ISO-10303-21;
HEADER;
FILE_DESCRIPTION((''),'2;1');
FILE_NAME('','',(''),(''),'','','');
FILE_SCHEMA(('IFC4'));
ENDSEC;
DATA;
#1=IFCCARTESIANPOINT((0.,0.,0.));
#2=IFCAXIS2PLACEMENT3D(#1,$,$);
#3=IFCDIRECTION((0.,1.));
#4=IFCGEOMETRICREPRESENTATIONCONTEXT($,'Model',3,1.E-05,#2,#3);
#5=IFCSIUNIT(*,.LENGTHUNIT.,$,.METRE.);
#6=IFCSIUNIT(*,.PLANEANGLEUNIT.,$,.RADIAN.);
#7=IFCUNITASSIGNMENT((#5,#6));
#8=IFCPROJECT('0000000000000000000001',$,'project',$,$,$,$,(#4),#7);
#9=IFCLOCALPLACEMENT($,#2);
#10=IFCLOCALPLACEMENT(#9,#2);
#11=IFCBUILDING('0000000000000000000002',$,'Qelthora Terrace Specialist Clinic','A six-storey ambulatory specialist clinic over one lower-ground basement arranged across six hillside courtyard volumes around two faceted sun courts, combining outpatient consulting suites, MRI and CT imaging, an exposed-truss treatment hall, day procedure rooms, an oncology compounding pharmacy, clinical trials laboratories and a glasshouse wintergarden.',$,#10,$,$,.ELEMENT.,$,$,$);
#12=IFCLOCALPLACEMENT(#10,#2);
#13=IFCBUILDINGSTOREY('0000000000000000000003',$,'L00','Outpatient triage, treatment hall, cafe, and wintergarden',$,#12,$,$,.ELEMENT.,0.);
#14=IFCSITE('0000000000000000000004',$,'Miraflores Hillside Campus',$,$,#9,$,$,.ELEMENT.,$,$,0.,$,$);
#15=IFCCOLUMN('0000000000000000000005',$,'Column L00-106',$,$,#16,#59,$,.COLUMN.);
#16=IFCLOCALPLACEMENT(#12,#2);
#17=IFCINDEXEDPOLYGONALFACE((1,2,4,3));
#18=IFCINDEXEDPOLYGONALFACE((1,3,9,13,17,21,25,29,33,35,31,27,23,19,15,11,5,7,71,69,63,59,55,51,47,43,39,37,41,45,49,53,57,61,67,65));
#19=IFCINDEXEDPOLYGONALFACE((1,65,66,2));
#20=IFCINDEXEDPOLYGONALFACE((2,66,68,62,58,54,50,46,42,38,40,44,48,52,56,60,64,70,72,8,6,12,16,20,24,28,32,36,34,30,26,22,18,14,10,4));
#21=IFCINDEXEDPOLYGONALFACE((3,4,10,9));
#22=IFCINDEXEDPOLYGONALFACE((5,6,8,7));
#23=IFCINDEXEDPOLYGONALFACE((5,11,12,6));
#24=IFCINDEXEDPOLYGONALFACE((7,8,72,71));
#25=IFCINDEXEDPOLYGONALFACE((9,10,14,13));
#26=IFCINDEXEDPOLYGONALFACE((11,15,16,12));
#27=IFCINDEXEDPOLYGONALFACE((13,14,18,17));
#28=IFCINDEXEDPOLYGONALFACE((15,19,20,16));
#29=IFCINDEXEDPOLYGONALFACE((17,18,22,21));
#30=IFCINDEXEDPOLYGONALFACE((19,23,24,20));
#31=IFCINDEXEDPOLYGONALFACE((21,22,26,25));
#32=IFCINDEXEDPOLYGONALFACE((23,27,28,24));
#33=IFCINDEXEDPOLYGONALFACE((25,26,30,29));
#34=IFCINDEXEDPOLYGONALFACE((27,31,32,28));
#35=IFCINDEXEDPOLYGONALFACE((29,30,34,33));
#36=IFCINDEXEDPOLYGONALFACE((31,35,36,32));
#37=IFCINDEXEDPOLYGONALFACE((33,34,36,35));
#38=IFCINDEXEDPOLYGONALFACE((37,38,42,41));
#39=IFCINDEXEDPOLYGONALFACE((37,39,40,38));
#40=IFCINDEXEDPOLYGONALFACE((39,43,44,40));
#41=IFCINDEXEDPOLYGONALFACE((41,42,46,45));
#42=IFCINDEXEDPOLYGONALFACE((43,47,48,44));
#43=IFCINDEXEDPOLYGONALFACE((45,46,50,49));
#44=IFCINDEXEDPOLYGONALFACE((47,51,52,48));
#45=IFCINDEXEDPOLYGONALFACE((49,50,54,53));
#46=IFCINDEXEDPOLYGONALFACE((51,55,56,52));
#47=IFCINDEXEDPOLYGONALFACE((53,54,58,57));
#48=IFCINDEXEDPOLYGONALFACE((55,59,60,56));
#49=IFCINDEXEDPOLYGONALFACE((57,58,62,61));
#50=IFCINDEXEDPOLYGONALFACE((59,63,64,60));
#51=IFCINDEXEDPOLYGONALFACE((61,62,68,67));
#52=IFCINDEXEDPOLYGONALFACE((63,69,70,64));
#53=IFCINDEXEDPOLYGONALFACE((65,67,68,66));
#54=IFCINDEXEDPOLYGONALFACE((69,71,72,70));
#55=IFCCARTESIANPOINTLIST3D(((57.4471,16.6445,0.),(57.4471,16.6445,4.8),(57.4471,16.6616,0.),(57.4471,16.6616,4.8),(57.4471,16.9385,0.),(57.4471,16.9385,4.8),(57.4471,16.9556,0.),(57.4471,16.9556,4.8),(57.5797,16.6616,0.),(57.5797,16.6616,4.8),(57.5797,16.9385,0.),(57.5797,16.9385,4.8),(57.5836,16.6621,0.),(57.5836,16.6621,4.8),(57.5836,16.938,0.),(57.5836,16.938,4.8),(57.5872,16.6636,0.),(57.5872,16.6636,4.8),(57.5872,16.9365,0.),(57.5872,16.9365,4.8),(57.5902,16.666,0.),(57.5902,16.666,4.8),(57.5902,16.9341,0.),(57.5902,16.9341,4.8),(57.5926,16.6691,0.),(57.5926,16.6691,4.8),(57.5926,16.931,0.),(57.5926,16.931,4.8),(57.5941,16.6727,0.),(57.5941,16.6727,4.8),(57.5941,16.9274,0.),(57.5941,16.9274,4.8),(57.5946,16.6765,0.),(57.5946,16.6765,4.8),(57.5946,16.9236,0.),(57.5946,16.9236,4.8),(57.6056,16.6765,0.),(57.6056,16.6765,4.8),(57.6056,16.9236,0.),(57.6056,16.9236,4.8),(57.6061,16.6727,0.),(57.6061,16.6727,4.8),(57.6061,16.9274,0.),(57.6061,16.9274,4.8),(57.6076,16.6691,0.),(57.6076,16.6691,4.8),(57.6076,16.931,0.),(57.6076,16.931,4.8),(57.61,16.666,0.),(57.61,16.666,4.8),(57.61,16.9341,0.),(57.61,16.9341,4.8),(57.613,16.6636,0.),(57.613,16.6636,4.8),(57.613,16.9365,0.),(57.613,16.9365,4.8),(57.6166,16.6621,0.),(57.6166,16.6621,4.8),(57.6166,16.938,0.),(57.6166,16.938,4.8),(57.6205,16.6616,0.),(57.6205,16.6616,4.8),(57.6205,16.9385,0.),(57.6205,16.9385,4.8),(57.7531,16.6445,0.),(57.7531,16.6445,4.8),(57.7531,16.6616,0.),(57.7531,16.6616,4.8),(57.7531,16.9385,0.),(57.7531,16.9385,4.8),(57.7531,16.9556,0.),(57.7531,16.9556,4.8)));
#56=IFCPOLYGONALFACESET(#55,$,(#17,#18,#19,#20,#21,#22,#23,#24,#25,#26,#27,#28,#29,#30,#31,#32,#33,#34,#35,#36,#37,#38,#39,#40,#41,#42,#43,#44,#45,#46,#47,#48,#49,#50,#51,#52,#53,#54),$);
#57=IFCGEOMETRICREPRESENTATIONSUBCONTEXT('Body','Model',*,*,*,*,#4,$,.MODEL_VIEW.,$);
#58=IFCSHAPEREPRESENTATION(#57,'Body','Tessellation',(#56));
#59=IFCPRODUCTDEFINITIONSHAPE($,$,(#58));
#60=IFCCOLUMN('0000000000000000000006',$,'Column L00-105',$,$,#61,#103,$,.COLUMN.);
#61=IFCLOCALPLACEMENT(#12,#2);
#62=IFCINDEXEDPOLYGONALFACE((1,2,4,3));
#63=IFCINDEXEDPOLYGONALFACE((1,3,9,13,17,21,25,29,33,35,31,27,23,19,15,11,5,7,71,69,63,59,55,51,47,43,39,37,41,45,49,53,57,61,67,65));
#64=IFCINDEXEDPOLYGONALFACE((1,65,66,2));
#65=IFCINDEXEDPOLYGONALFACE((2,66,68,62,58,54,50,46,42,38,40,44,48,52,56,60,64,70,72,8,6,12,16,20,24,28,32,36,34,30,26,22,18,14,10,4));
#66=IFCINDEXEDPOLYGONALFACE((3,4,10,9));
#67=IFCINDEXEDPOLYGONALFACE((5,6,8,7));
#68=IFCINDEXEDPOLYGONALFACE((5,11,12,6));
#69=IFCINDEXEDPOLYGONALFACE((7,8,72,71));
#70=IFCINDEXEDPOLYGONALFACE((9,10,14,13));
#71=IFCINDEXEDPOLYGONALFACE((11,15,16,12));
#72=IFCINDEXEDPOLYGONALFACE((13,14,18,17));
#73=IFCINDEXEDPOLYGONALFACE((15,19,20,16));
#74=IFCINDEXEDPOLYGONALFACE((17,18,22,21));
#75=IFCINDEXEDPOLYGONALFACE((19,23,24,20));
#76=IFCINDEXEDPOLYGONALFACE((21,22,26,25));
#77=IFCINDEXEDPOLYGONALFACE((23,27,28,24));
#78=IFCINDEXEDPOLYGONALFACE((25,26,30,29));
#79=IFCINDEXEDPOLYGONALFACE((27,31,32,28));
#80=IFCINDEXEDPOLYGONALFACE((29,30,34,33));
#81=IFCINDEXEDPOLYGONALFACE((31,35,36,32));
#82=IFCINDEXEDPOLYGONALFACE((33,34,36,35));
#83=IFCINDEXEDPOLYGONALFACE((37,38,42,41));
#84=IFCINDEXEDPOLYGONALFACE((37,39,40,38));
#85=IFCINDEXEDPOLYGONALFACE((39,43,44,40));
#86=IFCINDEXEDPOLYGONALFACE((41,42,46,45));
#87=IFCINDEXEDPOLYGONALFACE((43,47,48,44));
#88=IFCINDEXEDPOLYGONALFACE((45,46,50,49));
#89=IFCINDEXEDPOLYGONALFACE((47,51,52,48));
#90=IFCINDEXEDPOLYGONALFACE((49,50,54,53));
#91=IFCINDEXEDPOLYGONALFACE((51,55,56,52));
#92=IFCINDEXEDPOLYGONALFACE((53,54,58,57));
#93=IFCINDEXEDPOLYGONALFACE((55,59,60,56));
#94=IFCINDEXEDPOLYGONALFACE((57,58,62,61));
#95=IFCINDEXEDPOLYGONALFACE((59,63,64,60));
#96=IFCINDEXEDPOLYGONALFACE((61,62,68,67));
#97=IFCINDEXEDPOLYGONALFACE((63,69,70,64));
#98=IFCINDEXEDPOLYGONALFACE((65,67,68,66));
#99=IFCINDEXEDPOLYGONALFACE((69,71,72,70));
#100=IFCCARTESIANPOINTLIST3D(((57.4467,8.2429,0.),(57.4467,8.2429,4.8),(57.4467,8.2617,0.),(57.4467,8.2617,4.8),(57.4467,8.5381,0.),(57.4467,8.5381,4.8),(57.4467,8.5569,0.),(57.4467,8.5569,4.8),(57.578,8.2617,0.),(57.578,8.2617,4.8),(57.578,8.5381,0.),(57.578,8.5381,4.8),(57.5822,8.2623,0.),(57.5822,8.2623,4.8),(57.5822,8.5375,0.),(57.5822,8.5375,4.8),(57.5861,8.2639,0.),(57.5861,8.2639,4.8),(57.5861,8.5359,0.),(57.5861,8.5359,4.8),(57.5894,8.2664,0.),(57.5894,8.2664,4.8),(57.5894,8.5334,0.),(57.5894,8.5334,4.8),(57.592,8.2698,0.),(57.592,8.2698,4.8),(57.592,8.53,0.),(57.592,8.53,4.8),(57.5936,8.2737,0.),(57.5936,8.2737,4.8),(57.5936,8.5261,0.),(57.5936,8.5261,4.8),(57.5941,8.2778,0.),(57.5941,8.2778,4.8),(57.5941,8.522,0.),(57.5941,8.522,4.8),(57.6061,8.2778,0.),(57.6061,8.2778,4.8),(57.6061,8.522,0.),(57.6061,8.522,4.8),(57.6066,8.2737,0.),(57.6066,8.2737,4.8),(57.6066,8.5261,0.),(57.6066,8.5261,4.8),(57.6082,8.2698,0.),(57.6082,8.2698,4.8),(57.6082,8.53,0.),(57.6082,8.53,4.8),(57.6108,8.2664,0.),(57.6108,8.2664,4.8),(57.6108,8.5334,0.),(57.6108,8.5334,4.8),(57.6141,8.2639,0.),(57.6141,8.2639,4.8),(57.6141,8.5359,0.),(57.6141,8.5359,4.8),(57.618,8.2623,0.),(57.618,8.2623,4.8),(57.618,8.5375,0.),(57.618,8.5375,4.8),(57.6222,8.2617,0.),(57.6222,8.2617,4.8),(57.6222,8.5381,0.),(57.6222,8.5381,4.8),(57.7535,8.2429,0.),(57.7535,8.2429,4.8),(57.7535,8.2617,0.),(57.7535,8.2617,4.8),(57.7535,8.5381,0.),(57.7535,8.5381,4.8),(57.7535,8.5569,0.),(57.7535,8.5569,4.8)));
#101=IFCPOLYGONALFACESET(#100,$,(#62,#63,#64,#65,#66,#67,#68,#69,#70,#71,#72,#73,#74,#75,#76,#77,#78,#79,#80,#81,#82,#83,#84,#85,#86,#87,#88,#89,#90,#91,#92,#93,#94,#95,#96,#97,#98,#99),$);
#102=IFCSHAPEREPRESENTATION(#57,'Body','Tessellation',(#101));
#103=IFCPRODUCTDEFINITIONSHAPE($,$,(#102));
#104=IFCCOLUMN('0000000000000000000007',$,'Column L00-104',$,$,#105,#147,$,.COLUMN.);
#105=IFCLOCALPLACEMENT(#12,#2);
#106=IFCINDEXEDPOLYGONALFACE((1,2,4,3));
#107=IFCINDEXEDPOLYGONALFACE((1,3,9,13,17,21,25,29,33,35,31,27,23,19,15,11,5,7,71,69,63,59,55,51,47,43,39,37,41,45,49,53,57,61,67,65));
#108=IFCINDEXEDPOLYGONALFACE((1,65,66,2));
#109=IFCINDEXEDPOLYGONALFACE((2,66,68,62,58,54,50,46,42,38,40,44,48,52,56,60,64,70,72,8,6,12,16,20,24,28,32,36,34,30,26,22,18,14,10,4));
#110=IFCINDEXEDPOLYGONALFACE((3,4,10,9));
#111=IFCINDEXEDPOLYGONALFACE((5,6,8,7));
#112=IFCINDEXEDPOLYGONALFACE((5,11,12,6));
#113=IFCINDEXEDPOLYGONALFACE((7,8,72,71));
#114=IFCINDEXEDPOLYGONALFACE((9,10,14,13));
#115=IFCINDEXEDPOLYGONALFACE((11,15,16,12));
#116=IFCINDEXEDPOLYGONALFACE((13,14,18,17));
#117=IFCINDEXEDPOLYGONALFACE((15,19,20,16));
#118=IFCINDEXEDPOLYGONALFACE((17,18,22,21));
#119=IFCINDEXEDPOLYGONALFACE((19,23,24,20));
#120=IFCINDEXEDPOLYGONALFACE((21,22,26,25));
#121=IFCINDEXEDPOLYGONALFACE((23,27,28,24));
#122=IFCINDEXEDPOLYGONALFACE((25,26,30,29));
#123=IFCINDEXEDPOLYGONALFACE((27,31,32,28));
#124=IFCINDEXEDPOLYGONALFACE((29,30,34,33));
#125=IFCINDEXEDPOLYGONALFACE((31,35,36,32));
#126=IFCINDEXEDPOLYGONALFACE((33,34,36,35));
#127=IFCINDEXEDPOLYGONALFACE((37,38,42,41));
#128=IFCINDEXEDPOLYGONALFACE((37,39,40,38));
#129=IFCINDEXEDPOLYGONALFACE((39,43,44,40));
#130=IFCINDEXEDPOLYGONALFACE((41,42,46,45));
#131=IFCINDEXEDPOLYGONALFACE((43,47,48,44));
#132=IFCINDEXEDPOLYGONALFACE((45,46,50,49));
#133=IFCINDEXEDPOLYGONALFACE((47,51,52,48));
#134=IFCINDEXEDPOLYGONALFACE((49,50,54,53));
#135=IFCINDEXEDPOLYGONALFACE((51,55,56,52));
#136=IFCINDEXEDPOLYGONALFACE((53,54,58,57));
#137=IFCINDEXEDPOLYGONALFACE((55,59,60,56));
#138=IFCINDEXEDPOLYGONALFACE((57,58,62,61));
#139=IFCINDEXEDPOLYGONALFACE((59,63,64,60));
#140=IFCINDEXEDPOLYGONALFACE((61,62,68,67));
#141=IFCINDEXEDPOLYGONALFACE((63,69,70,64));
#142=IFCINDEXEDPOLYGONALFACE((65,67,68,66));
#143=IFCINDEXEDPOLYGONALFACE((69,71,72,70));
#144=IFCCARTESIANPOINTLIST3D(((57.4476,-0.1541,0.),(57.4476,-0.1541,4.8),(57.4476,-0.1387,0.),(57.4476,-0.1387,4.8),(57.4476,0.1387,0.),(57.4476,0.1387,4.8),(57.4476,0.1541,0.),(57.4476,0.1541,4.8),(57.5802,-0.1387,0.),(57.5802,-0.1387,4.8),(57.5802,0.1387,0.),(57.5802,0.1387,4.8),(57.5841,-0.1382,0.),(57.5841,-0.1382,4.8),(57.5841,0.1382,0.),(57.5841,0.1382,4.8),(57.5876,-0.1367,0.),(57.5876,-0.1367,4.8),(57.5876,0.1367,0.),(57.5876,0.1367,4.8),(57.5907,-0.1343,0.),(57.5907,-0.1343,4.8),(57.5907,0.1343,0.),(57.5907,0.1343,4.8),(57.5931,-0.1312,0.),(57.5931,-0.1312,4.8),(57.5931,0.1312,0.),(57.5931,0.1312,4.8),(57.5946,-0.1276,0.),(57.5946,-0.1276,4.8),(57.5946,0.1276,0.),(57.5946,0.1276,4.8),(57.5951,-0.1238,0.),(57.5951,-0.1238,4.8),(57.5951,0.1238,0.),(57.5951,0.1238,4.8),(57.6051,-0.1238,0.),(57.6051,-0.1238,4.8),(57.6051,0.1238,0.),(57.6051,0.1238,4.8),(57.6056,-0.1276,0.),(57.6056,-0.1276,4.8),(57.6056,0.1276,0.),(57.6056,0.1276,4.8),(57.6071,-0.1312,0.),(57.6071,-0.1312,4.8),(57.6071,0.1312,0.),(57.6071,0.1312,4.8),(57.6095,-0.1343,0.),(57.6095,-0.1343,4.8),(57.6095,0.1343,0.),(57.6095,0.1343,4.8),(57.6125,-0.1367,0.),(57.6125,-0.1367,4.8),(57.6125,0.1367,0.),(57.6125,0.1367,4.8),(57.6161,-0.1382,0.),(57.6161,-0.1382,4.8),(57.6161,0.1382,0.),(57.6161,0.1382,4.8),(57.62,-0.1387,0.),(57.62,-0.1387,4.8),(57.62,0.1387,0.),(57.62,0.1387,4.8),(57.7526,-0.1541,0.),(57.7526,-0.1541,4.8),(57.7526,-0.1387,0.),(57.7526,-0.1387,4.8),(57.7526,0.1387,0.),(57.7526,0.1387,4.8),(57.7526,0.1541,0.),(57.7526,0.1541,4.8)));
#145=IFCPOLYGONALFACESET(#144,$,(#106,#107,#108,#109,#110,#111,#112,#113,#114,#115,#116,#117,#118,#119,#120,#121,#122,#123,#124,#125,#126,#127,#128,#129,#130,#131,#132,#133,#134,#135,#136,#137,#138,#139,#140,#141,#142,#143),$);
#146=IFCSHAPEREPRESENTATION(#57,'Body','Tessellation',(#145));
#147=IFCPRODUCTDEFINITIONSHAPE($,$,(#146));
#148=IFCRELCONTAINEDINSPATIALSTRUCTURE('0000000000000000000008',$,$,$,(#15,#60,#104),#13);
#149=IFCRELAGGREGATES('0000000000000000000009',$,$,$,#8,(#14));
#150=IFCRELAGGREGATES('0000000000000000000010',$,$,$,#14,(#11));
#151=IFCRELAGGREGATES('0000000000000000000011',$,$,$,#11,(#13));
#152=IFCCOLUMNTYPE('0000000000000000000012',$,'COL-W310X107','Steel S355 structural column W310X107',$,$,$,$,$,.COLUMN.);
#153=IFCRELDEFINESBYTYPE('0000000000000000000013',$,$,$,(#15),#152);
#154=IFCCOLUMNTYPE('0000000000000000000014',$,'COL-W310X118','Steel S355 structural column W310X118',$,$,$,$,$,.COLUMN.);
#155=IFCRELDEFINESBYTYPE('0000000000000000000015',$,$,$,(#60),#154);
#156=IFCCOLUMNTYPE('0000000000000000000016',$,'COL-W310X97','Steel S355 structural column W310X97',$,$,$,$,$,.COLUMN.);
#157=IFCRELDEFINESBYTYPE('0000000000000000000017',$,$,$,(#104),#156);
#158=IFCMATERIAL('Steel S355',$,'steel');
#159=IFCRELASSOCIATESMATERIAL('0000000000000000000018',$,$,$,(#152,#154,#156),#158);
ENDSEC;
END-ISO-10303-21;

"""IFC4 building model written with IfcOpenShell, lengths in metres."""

from ifc_helpers import new_model, si_unit, direction, frame, origin, origin_2d, place, context, subcontext, project, spatial, i_section, extrude, material, material_profile, profile_set, type_object, element, save


model = new_model("IFC4")

# Units and contexts
model_context = context("Model", 3, precision=1e-05, world=origin(), true_north=direction((0.0, 1.0)))
body_context = subcontext(model_context, "Body", "Model", "MODEL_VIEW")
ifc_project = project(units=[si_unit("LENGTHUNIT", "METRE"), si_unit("PLANEANGLEUNIT", "RADIAN")], contexts=[model_context])

# Site, building, storey
site_placement = place(None, origin())
site = spatial("IfcSite", under=ifc_project, at=site_placement, Name="Miraflores Hillside Campus", CompositionType="ELEMENT", RefElevation=0.0)
building_placement = place(site_placement, origin())
building = spatial("IfcBuilding", under=site, at=building_placement, Name="Qelthora Terrace Specialist Clinic", Description="A six-storey ambulatory specialist clinic over one lower-ground basement arranged across six hillside courtyard volumes around two faceted sun courts, combining outpatient consulting suites, MRI and CT imaging, an exposed-truss treatment hall, day procedure rooms, an oncology compounding pharmacy, clinical trials laboratories and a glasshouse wintergarden.", CompositionType="ELEMENT")
storey_placement = place(building_placement, origin())
storey = spatial("IfcBuildingStorey", under=building, at=storey_placement, Name="L00", Description="Outpatient triage, treatment hall, cafe, and wintergarden", CompositionType="ELEMENT", Elevation=0.0)

# Columns
ifc_material_1 = material(Name="Steel S355", Category="steel")
ifc_material_profile_1 = material_profile(ifc_material_1, i_section(OverallWidth=0.3059, OverallDepth=0.311, WebThickness=0.011, FlangeThickness=0.0171, FilletRadius=0.0149, at=origin_2d()), Name="W310X107")
ifc_profile_set_1 = profile_set([ifc_material_profile_1], Name="Steel S355")
column_type_1 = type_object("IfcColumnType", Name="COL-W310X107", Description="Steel S355 structural column W310X107", PredefinedType="COLUMN", material=ifc_profile_set_1)
column_1_placement = place(storey_placement, frame((57.6001, 16.8, 0.0), z_axis=(0.0, 0.0, 1.0), x_axis=(1.0, 0.0, 0.0)))
element("IfcColumn", 1, at=column_1_placement, inside=storey, type_object=column_type_1, Name="Column L00-106", PredefinedType="COLUMN", context=body_context, shape_type="SweptSolid", body=[
    extrude(i_section(OverallWidth=0.3059, OverallDepth=0.311, WebThickness=0.011, FlangeThickness=0.0171, FilletRadius=0.0149, at=origin_2d()), origin(), (0.0, 0.0, 1.0), 4.8),
])
ifc_material_profile_2 = material_profile(ifc_material_1, i_section(OverallWidth=0.3069, OverallDepth=0.314, WebThickness=0.012, FlangeThickness=0.0188, FilletRadius=0.0161, at=origin_2d()), Name="W310X118")
ifc_profile_set_2 = profile_set([ifc_material_profile_2], Name="Steel S355")
column_type_2 = type_object("IfcColumnType", Name="COL-W310X118", Description="Steel S355 structural column W310X118", PredefinedType="COLUMN", material=ifc_profile_set_2)
column_2_placement = place(storey_placement, frame((57.6001, 8.3999, 0.0), z_axis=(0.0, 0.0, 1.0), x_axis=(1.0, 0.0, 0.0)))
element("IfcColumn", 2, at=column_2_placement, inside=storey, type_object=column_type_2, Name="Column L00-105", PredefinedType="COLUMN", context=body_context, shape_type="SweptSolid", body=[
    extrude(i_section(OverallWidth=0.3069, OverallDepth=0.314, WebThickness=0.012, FlangeThickness=0.0188, FilletRadius=0.0161, at=origin_2d()), origin(), (0.0, 0.0, 1.0), 4.8),
])
ifc_material_profile_3 = material_profile(ifc_material_1, i_section(OverallWidth=0.3049, OverallDepth=0.3081, WebThickness=0.01, FlangeThickness=0.0154, FilletRadius=0.0149, at=origin_2d()), Name="W310X97")
ifc_profile_set_3 = profile_set([ifc_material_profile_3], Name="Steel S355")
column_type_3 = type_object("IfcColumnType", Name="COL-W310X97", Description="Steel S355 structural column W310X97", PredefinedType="COLUMN", material=ifc_profile_set_3)
column_3_placement = place(storey_placement, frame((57.6001, 0.0, 0.0), z_axis=(0.0, 0.0, 1.0), x_axis=(1.0, 0.0, 0.0)))
element("IfcColumn", 3, at=column_3_placement, inside=storey, type_object=column_type_3, Name="Column L00-104", PredefinedType="COLUMN", context=body_context, shape_type="SweptSolid", body=[
    extrude(i_section(OverallWidth=0.3049, OverallDepth=0.3081, WebThickness=0.01, FlangeThickness=0.0154, FilletRadius=0.0149, at=origin_2d()), origin(), (0.0, 0.0, 1.0), 4.8),
])

save(model, "model.ifc")
